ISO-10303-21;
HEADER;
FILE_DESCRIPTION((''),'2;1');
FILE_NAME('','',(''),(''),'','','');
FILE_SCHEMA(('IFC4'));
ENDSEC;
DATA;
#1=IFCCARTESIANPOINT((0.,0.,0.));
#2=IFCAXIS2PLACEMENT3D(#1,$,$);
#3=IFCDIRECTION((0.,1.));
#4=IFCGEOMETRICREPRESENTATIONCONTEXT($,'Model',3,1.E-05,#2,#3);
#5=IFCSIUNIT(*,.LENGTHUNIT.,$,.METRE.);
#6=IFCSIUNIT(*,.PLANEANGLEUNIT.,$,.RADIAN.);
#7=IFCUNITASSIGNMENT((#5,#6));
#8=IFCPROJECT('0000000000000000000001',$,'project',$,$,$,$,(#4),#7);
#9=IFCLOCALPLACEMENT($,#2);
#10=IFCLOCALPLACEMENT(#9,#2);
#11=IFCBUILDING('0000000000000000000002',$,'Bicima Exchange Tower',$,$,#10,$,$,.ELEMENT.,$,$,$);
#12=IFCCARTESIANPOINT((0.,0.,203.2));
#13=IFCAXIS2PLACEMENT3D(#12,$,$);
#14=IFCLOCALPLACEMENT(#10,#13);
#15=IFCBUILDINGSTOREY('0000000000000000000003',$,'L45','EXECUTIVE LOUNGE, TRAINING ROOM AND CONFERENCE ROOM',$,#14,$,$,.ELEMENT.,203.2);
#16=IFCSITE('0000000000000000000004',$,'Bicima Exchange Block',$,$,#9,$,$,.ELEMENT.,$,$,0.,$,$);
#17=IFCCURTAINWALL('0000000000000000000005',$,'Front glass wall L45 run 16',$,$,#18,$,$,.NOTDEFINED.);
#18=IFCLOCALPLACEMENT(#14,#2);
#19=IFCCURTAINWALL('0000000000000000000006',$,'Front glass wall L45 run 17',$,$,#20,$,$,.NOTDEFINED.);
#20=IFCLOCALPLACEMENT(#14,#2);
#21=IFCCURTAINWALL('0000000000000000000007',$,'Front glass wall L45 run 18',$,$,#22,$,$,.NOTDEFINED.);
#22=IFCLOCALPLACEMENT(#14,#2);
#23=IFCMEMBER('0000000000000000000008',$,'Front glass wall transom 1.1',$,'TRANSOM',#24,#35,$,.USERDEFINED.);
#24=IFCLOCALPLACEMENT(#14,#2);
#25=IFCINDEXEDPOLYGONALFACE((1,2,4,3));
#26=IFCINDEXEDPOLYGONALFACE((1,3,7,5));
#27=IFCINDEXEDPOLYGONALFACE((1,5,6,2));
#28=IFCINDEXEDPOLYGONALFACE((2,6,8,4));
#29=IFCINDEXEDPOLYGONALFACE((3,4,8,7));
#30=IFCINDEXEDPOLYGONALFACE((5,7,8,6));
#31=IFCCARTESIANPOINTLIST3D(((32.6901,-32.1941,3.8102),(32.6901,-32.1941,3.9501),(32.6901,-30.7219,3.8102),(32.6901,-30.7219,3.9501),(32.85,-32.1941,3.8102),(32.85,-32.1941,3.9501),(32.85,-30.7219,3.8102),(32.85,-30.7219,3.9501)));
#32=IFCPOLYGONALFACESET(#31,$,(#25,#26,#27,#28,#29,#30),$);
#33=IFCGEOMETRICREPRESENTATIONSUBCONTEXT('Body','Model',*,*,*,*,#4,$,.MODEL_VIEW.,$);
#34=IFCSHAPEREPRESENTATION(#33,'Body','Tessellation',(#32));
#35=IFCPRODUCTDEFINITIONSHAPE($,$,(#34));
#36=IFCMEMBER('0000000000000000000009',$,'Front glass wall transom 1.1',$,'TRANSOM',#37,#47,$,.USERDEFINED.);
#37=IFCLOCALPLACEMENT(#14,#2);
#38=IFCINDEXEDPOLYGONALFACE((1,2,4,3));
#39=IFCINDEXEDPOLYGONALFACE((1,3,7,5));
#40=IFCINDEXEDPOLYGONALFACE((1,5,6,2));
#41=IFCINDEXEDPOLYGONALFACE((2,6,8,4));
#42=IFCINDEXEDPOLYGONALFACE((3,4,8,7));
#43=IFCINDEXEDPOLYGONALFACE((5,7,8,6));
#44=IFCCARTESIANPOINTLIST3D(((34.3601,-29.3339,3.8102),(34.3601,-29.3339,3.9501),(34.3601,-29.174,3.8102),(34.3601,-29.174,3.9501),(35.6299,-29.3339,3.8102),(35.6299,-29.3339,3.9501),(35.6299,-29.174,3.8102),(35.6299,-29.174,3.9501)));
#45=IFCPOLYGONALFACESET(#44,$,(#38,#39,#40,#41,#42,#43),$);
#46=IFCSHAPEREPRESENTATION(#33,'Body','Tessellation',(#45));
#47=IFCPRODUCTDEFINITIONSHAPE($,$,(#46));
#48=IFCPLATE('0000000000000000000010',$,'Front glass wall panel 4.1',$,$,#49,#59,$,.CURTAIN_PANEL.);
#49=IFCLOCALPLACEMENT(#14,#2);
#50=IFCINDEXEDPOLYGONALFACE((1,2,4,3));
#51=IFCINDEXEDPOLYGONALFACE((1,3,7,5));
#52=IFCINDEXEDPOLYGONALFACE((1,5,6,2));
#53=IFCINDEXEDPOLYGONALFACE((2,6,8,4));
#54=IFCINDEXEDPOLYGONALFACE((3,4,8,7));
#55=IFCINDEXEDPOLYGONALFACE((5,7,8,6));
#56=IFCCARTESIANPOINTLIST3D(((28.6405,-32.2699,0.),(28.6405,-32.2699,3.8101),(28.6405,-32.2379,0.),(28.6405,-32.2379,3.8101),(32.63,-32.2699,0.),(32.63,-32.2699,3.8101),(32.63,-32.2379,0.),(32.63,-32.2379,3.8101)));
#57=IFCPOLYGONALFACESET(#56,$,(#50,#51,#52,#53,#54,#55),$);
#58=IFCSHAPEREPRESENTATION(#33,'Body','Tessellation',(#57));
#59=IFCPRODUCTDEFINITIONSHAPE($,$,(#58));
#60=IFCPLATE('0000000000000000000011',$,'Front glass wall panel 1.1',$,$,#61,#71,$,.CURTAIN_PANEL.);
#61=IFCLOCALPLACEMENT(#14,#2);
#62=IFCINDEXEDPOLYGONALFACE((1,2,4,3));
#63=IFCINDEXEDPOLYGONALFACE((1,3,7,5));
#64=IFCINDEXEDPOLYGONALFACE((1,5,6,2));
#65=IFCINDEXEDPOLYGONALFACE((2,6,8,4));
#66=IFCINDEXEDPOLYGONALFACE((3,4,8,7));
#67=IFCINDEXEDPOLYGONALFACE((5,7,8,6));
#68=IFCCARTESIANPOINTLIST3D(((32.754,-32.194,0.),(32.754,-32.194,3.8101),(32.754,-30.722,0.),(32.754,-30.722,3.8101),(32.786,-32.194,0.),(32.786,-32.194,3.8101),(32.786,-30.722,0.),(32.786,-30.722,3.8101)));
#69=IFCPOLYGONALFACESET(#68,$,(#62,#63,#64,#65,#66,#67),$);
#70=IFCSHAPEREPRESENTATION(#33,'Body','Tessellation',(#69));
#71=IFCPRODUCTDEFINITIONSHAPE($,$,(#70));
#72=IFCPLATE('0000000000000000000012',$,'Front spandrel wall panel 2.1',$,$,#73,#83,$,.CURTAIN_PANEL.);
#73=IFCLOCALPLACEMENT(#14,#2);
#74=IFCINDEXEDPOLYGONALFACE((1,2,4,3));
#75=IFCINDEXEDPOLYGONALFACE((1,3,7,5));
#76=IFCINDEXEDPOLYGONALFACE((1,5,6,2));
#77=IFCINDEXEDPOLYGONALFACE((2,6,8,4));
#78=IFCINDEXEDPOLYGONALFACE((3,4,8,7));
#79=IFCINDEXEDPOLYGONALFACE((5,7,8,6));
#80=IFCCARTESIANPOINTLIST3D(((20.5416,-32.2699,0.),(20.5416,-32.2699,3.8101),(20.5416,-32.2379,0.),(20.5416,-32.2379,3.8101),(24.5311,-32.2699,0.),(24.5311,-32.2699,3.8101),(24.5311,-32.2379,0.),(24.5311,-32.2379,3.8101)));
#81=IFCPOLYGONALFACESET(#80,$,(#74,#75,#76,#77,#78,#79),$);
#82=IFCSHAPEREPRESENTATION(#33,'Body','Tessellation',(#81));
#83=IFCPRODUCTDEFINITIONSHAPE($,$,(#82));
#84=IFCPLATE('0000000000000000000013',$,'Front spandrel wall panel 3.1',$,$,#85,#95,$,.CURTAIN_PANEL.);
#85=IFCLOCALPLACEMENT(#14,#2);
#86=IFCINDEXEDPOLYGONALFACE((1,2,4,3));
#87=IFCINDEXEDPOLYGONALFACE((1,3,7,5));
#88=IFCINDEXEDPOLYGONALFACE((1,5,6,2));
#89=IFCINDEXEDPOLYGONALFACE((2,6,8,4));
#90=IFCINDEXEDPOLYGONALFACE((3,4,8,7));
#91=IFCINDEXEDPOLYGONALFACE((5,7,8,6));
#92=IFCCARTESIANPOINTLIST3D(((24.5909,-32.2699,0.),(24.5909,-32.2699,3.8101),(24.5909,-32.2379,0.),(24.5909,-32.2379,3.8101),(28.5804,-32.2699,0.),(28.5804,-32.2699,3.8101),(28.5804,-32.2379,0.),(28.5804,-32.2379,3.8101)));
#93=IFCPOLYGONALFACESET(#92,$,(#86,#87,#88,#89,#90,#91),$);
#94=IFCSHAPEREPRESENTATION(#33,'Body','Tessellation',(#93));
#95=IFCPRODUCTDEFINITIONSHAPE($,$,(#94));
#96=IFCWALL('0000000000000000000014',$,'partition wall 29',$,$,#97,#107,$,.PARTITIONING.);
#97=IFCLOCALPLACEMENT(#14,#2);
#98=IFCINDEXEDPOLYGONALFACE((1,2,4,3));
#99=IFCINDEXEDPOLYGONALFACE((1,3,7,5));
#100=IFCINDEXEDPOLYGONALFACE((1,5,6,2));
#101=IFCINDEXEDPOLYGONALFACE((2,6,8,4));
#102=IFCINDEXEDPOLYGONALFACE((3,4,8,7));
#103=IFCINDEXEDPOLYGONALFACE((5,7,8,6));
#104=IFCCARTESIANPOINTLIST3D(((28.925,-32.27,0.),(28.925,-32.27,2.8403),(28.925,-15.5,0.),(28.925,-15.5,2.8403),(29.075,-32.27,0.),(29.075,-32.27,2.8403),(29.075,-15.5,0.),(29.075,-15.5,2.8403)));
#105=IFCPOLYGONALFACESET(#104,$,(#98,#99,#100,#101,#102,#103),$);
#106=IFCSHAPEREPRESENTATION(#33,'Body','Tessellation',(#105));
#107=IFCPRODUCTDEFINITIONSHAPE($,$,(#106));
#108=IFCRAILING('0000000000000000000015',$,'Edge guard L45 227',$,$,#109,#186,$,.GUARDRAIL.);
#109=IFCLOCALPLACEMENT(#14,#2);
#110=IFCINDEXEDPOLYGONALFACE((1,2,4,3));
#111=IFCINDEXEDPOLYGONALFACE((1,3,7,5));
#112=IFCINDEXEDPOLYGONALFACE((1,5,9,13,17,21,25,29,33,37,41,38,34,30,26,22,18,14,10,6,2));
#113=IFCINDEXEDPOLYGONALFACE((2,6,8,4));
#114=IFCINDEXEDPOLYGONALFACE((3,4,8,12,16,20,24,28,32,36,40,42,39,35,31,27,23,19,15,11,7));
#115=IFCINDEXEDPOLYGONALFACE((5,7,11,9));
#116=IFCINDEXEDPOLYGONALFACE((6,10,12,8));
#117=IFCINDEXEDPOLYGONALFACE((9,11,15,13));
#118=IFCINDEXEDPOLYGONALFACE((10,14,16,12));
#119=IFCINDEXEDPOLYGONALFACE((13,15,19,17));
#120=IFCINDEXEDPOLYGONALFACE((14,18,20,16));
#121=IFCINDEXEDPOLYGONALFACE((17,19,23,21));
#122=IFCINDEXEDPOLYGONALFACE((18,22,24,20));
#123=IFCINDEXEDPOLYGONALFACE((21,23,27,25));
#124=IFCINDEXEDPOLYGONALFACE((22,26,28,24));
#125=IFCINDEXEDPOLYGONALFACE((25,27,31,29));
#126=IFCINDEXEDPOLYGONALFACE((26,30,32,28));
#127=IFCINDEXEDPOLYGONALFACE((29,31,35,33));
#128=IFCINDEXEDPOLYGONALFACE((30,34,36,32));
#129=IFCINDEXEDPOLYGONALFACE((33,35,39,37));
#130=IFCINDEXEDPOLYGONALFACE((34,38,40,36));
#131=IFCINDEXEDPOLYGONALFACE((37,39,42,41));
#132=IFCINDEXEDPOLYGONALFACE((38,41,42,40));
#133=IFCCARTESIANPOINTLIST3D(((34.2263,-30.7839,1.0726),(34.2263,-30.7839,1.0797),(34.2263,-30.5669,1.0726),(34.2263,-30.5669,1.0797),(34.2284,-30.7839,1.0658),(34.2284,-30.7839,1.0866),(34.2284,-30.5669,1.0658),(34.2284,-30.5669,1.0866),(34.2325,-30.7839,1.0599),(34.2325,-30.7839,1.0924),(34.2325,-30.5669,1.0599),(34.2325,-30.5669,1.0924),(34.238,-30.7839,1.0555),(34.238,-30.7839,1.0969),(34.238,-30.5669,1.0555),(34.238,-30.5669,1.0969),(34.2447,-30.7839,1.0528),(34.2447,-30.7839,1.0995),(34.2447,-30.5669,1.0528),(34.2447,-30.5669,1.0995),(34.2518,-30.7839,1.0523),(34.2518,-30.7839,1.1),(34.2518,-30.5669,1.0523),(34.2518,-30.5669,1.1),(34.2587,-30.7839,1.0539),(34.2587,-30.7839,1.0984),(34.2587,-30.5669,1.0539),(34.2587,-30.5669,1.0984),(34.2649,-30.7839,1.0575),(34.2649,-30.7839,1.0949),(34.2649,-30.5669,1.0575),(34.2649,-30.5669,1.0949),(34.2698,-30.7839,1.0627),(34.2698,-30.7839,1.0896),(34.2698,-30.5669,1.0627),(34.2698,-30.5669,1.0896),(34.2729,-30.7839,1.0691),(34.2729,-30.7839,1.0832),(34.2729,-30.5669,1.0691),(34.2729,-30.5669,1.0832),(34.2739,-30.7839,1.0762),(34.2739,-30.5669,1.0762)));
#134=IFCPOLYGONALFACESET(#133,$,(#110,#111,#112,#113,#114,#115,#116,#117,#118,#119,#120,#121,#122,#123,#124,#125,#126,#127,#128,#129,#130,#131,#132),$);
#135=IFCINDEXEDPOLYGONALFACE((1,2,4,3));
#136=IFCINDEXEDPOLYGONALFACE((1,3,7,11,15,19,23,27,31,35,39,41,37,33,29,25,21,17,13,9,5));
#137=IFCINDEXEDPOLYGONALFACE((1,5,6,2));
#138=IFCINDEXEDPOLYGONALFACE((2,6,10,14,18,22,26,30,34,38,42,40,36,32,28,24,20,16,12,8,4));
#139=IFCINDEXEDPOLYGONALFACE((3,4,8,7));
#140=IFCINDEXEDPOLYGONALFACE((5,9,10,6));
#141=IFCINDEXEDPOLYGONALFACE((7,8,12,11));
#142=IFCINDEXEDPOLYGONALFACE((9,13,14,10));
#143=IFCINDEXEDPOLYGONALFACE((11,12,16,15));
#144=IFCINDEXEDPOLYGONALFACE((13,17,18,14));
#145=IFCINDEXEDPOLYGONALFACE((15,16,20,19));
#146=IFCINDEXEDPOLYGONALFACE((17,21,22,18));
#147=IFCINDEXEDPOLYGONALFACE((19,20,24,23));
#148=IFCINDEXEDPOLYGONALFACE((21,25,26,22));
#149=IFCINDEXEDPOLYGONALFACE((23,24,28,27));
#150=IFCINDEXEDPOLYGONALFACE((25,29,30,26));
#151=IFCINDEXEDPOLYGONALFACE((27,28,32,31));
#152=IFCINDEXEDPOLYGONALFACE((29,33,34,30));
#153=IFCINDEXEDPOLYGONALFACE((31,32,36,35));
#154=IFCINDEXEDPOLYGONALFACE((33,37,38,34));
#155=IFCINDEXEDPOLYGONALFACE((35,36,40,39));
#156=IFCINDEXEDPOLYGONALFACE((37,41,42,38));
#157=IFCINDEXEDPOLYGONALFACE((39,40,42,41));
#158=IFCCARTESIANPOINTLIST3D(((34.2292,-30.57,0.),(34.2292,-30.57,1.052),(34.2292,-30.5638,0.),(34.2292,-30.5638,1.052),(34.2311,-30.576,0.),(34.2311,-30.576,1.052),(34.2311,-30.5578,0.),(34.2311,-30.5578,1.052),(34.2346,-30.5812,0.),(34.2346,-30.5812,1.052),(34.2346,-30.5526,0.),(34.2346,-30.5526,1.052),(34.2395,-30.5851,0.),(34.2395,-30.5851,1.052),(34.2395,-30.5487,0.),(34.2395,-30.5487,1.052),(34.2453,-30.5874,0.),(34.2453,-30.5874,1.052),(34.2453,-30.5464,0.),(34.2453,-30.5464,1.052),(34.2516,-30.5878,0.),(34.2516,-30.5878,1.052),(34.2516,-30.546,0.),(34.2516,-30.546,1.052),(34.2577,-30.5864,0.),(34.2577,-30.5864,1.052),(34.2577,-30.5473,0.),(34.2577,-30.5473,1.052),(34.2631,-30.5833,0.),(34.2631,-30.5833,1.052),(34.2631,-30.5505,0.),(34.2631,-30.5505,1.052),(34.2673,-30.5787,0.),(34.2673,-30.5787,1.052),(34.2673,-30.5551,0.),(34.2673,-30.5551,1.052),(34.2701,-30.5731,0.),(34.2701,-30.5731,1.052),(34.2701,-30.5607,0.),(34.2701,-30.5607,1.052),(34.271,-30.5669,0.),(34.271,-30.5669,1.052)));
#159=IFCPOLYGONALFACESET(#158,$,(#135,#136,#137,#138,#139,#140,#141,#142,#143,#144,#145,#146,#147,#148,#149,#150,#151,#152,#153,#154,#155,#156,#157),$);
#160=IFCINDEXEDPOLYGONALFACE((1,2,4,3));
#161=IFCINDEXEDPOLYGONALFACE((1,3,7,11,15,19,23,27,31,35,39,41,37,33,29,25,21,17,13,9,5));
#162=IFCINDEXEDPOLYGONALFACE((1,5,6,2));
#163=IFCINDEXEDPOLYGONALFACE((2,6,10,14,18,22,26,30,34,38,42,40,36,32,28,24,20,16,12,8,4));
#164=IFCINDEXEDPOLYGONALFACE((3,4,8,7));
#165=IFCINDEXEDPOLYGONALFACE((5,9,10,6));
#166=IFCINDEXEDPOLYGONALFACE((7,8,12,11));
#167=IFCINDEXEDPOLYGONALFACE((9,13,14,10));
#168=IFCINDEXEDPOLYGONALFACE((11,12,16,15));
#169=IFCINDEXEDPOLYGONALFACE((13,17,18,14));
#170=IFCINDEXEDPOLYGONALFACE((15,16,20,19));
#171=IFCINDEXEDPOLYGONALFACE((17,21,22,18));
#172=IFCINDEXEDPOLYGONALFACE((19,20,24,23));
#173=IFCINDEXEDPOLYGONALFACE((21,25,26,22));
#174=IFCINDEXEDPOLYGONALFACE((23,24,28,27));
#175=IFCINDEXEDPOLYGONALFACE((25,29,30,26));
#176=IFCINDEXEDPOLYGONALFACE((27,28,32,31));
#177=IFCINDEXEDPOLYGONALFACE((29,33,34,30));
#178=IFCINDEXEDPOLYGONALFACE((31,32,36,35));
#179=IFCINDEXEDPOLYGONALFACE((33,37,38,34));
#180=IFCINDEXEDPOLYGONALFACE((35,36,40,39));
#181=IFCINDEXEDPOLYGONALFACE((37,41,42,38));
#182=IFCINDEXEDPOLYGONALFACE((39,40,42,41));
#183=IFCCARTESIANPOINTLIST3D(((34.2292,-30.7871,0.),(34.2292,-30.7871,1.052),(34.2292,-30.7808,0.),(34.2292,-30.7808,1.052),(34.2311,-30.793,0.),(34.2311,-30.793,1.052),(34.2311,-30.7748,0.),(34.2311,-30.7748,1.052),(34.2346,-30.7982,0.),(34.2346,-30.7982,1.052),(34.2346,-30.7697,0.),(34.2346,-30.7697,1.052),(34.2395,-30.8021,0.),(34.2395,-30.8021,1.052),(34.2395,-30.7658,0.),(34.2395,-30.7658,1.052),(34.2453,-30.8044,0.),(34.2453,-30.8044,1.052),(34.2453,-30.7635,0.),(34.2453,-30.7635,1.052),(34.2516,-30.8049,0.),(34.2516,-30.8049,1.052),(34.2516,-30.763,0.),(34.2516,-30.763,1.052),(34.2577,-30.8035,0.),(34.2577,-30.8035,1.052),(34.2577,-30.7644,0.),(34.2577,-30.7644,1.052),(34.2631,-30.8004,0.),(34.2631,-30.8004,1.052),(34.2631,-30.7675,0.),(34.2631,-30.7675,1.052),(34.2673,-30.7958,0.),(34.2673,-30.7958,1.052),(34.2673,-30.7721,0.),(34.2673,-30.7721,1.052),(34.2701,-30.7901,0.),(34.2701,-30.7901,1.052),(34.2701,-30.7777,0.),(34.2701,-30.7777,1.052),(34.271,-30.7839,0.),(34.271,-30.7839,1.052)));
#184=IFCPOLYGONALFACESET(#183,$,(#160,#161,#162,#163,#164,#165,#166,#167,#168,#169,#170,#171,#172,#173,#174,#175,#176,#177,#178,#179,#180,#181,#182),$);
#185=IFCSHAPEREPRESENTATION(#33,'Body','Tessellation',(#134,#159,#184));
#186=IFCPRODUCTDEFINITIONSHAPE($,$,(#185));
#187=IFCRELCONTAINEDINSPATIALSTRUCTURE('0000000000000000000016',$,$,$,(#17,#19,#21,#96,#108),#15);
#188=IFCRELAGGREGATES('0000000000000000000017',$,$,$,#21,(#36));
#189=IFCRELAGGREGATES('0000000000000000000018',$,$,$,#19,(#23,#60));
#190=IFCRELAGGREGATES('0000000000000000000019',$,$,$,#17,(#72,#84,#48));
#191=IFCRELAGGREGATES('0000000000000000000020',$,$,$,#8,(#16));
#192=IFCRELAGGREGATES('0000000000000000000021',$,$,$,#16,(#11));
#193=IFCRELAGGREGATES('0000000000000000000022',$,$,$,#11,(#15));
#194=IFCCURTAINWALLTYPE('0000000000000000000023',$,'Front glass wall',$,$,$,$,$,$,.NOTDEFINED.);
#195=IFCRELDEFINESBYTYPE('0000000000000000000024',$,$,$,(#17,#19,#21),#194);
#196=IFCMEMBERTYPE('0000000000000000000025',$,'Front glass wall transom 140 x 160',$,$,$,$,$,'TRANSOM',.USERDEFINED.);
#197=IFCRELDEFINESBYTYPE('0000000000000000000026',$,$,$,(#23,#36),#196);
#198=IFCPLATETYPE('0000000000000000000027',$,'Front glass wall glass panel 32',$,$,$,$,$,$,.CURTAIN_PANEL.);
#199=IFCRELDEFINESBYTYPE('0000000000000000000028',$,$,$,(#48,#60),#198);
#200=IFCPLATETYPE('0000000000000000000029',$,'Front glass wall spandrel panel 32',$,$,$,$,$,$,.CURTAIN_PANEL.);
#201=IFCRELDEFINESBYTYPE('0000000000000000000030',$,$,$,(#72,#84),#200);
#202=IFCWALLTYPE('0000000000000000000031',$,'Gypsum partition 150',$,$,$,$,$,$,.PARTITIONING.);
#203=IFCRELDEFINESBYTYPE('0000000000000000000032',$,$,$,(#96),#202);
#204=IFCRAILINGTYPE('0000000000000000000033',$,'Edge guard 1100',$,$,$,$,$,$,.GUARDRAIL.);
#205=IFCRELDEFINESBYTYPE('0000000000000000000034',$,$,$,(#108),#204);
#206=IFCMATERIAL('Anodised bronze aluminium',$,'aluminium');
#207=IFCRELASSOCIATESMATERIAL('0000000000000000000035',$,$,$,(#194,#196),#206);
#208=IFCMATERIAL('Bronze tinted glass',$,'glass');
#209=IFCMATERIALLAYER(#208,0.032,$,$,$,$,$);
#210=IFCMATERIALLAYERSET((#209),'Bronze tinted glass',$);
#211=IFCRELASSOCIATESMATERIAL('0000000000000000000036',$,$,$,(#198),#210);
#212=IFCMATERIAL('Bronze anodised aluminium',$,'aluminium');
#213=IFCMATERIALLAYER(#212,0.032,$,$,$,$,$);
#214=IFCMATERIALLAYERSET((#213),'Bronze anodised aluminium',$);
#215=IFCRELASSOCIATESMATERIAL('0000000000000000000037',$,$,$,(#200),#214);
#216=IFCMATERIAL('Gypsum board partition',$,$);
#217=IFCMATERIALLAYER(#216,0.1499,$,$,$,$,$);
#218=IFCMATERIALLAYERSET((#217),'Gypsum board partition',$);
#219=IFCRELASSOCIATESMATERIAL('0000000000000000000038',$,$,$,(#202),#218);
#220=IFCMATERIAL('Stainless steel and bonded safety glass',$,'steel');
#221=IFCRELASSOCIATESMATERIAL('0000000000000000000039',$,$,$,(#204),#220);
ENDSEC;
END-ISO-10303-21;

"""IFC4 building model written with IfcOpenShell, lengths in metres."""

from ifc_helpers import new_model, si_unit, direction, frame, frame_2d, origin, origin_2d, place, context, subcontext, project, spatial, rectangle, circle, extrude, material, layer, layer_set, material_profile, profile_set, type_object, element, aggregate, save


model = new_model("IFC4")

# Units and contexts
model_context = context("Model", 3, precision=1e-05, world=origin(), true_north=direction((0.0, 1.0)))
body_context = subcontext(model_context, "Body", "Model", "MODEL_VIEW")
ifc_project = project(units=[si_unit("LENGTHUNIT", "METRE"), si_unit("PLANEANGLEUNIT", "RADIAN")], contexts=[model_context])

# Site, building, storey
site_placement = place(None, origin())
site = spatial("IfcSite", under=ifc_project, at=site_placement, Name="Bicima Exchange Block", CompositionType="ELEMENT", RefElevation=0.0)
building_placement = place(site_placement, origin())
building = spatial("IfcBuilding", under=site, at=building_placement, Name="Bicima Exchange Tower", CompositionType="ELEMENT")
storey_placement = place(building_placement, frame((0.0, 0.0, 203.2)))
storey = spatial("IfcBuildingStorey", under=building, at=storey_placement, Name="L45", Description="EXECUTIVE LOUNGE, TRAINING ROOM AND CONFERENCE ROOM", CompositionType="ELEMENT", Elevation=203.2)

# Curtain walls
ifc_material_1 = material(Name="Anodised bronze aluminium", Category="aluminium")
curtain_wall_type = type_object("IfcCurtainWallType", Name="Front glass wall", PredefinedType="NOTDEFINED", material=ifc_material_1)
curtain_wall_1_placement = place(storey_placement, origin())
curtain_wall_1 = element("IfcCurtainWall", 1, at=curtain_wall_1_placement, inside=storey, type_object=curtain_wall_type, Name="Front glass wall L45 run 16", PredefinedType="NOTDEFINED")
curtain_wall_2_placement = place(storey_placement, origin())
curtain_wall_2 = element("IfcCurtainWall", 2, at=curtain_wall_2_placement, inside=storey, type_object=curtain_wall_type, Name="Front glass wall L45 run 17", PredefinedType="NOTDEFINED")

# Curtain wall
curtain_wall_3_placement = place(storey_placement, origin())
curtain_wall_3 = element("IfcCurtainWall", 3, at=curtain_wall_3_placement, inside=storey, type_object=curtain_wall_type, Name="Front glass wall L45 run 18", PredefinedType="NOTDEFINED")

# Members
ifc_material_profile_1 = material_profile(ifc_material_1, rectangle(XDim=0.1599, YDim=0.1399, at=origin_2d()))
ifc_profile_set_1 = profile_set([ifc_material_profile_1], Name="Anodised bronze aluminium")
member_type_1 = type_object("IfcMemberType", Name="Front glass wall transom 140 x 160", ElementType="TRANSOM", PredefinedType="USERDEFINED", material=ifc_profile_set_1)
member_1_placement = place(storey_placement, frame((32.77, -32.1941, 3.8801), z_axis=(0.0, 1.0, 0.0), x_axis=(-1.0, 0.0, 0.0)))
member_1 = element("IfcMember", 4, at=member_1_placement, type_object=member_type_1, Name="Front glass wall transom 1.1", ObjectType="TRANSOM", PredefinedType="USERDEFINED", context=body_context, shape_type="SweptSolid", body=[
    extrude(rectangle(XDim=0.1599, YDim=0.1399, at=origin_2d()), origin(), (0.0, 0.0, 1.0), 1.4722),
])
member_2_placement = place(storey_placement, frame((34.3601, -29.2539, 3.8801), z_axis=(1.0, 0.0, 0.0), x_axis=(0.0, 1.0, 0.0)))
member_2 = element("IfcMember", 5, at=member_2_placement, type_object=member_type_1, Name="Front glass wall transom 1.1", ObjectType="TRANSOM", PredefinedType="USERDEFINED", context=body_context, shape_type="SweptSolid", body=[
    extrude(rectangle(XDim=0.1599, YDim=0.1399, at=origin_2d()), origin(), (0.0, 0.0, 1.0), 1.2698),
])
aggregate(curtain_wall_3, [member_2])

# Plates
ifc_material_2 = material(Name="Bronze tinted glass", Category="glass")
ifc_layer_1 = layer(ifc_material_2, 0.032)
ifc_layer_set_1 = layer_set([ifc_layer_1], Name="Bronze tinted glass")
plate_type_1 = type_object("IfcPlateType", Name="Front glass wall glass panel 32", PredefinedType="CURTAIN_PANEL", material=ifc_layer_set_1)
plate_1_placement = place(storey_placement, frame((30.6353, -32.2539, 0.0), z_axis=(0.0, 0.0, 1.0), x_axis=(1.0, 0.0, 0.0)))
plate_1 = element("IfcPlate", 6, at=plate_1_placement, type_object=plate_type_1, Name="Front glass wall panel 4.1", PredefinedType="CURTAIN_PANEL", context=body_context, shape_type="SweptSolid", body=[
    extrude(rectangle(XDim=3.9895, YDim=0.032, at=origin_2d()), origin(), (0.0, 0.0, 1.0), 3.8101),
])
plate_2_placement = place(storey_placement, frame((32.77, -31.458, 0.0), z_axis=(0.0, 0.0, 1.0), x_axis=(0.0, 1.0, 0.0)))
plate_2 = element("IfcPlate", 7, at=plate_2_placement, type_object=plate_type_1, Name="Front glass wall panel 1.1", PredefinedType="CURTAIN_PANEL", context=body_context, shape_type="SweptSolid", body=[
    extrude(rectangle(XDim=1.4719, YDim=0.032, at=origin_2d()), origin(), (0.0, 0.0, 1.0), 3.8101),
])
aggregate(curtain_wall_2, [member_1, plate_2])
ifc_material_3 = material(Name="Bronze anodised aluminium", Category="aluminium")
ifc_layer_2 = layer(ifc_material_3, 0.032)
ifc_layer_set_2 = layer_set([ifc_layer_2], Name="Bronze anodised aluminium")
plate_type_2 = type_object("IfcPlateType", Name="Front glass wall spandrel panel 32", PredefinedType="CURTAIN_PANEL", material=ifc_layer_set_2)
plate_3_placement = place(storey_placement, frame((22.5364, -32.2539, 0.0), z_axis=(0.0, 0.0, 1.0), x_axis=(1.0, 0.0, 0.0)))
plate_3 = element("IfcPlate", 8, at=plate_3_placement, type_object=plate_type_2, Name="Front spandrel wall panel 2.1", PredefinedType="CURTAIN_PANEL", context=body_context, shape_type="SweptSolid", body=[
    extrude(rectangle(XDim=3.9895, YDim=0.032, at=origin_2d()), origin(), (0.0, 0.0, 1.0), 3.8101),
])
plate_4_placement = place(storey_placement, frame((26.5857, -32.2539, 0.0), z_axis=(0.0, 0.0, 1.0), x_axis=(1.0, 0.0, 0.0)))
plate_4 = element("IfcPlate", 9, at=plate_4_placement, type_object=plate_type_2, Name="Front spandrel wall panel 3.1", PredefinedType="CURTAIN_PANEL", context=body_context, shape_type="SweptSolid", body=[
    extrude(rectangle(XDim=3.9895, YDim=0.032, at=origin_2d()), origin(), (0.0, 0.0, 1.0), 3.8101),
])
aggregate(curtain_wall_1, [plate_3, plate_4, plate_1])

# Wall
ifc_material_4 = material(Name="Gypsum board partition")
ifc_layer_3 = layer(ifc_material_4, 0.1499)
ifc_layer_set_3 = layer_set([ifc_layer_3], Name="Gypsum board partition")
wall_type = type_object("IfcWallType", Name="Gypsum partition 150", PredefinedType="PARTITIONING", material=ifc_layer_set_3)
wall_placement = place(storey_placement, frame((29.0, -32.27, 0.0), z_axis=(0.0, 0.0, 1.0), x_axis=(0.0, 1.0, 0.0)))
element("IfcWall", 10, at=wall_placement, inside=storey, type_object=wall_type, Name="partition wall 29", PredefinedType="PARTITIONING", context=body_context, shape_type="SweptSolid", body=[
    extrude(rectangle(XDim=16.77, YDim=0.1499, at=frame_2d((8.385, 0.0))), origin(), (0.0, 0.0, 1.0), 2.8403),
])

# Railing
ifc_material_5 = material(Name="Stainless steel and bonded safety glass", Category="steel")
railing_type = type_object("IfcRailingType", Name="Edge guard 1100", PredefinedType="GUARDRAIL", material=ifc_material_5)
railing_1_placement = place(storey_placement, frame((34.25, -30.5669, 0.0)))
element("IfcRailing", 11, at=railing_1_placement, inside=storey, type_object=railing_type, Name="Edge guard L45 227", PredefinedType="GUARDRAIL", context=body_context, shape_type="SweptSolid", body=[
    extrude(circle(Radius=0.0239, at=origin_2d()), frame((0.0, 0.0, 1.0762), z_axis=(0.0, -1.0, 0.0), x_axis=(1.0, 0.0, 0.0)), (0.0, 0.0, 1.0), 0.217),
    extrude(circle(Radius=0.021, at=origin_2d()), origin(), (0.0, 0.0, 1.0), 1.052),
    extrude(circle(Radius=0.021, at=origin_2d()), frame((0.0, -0.217, 0.0)), (0.0, 0.0, 1.0), 1.052),
])

save(model, "model.ifc")
